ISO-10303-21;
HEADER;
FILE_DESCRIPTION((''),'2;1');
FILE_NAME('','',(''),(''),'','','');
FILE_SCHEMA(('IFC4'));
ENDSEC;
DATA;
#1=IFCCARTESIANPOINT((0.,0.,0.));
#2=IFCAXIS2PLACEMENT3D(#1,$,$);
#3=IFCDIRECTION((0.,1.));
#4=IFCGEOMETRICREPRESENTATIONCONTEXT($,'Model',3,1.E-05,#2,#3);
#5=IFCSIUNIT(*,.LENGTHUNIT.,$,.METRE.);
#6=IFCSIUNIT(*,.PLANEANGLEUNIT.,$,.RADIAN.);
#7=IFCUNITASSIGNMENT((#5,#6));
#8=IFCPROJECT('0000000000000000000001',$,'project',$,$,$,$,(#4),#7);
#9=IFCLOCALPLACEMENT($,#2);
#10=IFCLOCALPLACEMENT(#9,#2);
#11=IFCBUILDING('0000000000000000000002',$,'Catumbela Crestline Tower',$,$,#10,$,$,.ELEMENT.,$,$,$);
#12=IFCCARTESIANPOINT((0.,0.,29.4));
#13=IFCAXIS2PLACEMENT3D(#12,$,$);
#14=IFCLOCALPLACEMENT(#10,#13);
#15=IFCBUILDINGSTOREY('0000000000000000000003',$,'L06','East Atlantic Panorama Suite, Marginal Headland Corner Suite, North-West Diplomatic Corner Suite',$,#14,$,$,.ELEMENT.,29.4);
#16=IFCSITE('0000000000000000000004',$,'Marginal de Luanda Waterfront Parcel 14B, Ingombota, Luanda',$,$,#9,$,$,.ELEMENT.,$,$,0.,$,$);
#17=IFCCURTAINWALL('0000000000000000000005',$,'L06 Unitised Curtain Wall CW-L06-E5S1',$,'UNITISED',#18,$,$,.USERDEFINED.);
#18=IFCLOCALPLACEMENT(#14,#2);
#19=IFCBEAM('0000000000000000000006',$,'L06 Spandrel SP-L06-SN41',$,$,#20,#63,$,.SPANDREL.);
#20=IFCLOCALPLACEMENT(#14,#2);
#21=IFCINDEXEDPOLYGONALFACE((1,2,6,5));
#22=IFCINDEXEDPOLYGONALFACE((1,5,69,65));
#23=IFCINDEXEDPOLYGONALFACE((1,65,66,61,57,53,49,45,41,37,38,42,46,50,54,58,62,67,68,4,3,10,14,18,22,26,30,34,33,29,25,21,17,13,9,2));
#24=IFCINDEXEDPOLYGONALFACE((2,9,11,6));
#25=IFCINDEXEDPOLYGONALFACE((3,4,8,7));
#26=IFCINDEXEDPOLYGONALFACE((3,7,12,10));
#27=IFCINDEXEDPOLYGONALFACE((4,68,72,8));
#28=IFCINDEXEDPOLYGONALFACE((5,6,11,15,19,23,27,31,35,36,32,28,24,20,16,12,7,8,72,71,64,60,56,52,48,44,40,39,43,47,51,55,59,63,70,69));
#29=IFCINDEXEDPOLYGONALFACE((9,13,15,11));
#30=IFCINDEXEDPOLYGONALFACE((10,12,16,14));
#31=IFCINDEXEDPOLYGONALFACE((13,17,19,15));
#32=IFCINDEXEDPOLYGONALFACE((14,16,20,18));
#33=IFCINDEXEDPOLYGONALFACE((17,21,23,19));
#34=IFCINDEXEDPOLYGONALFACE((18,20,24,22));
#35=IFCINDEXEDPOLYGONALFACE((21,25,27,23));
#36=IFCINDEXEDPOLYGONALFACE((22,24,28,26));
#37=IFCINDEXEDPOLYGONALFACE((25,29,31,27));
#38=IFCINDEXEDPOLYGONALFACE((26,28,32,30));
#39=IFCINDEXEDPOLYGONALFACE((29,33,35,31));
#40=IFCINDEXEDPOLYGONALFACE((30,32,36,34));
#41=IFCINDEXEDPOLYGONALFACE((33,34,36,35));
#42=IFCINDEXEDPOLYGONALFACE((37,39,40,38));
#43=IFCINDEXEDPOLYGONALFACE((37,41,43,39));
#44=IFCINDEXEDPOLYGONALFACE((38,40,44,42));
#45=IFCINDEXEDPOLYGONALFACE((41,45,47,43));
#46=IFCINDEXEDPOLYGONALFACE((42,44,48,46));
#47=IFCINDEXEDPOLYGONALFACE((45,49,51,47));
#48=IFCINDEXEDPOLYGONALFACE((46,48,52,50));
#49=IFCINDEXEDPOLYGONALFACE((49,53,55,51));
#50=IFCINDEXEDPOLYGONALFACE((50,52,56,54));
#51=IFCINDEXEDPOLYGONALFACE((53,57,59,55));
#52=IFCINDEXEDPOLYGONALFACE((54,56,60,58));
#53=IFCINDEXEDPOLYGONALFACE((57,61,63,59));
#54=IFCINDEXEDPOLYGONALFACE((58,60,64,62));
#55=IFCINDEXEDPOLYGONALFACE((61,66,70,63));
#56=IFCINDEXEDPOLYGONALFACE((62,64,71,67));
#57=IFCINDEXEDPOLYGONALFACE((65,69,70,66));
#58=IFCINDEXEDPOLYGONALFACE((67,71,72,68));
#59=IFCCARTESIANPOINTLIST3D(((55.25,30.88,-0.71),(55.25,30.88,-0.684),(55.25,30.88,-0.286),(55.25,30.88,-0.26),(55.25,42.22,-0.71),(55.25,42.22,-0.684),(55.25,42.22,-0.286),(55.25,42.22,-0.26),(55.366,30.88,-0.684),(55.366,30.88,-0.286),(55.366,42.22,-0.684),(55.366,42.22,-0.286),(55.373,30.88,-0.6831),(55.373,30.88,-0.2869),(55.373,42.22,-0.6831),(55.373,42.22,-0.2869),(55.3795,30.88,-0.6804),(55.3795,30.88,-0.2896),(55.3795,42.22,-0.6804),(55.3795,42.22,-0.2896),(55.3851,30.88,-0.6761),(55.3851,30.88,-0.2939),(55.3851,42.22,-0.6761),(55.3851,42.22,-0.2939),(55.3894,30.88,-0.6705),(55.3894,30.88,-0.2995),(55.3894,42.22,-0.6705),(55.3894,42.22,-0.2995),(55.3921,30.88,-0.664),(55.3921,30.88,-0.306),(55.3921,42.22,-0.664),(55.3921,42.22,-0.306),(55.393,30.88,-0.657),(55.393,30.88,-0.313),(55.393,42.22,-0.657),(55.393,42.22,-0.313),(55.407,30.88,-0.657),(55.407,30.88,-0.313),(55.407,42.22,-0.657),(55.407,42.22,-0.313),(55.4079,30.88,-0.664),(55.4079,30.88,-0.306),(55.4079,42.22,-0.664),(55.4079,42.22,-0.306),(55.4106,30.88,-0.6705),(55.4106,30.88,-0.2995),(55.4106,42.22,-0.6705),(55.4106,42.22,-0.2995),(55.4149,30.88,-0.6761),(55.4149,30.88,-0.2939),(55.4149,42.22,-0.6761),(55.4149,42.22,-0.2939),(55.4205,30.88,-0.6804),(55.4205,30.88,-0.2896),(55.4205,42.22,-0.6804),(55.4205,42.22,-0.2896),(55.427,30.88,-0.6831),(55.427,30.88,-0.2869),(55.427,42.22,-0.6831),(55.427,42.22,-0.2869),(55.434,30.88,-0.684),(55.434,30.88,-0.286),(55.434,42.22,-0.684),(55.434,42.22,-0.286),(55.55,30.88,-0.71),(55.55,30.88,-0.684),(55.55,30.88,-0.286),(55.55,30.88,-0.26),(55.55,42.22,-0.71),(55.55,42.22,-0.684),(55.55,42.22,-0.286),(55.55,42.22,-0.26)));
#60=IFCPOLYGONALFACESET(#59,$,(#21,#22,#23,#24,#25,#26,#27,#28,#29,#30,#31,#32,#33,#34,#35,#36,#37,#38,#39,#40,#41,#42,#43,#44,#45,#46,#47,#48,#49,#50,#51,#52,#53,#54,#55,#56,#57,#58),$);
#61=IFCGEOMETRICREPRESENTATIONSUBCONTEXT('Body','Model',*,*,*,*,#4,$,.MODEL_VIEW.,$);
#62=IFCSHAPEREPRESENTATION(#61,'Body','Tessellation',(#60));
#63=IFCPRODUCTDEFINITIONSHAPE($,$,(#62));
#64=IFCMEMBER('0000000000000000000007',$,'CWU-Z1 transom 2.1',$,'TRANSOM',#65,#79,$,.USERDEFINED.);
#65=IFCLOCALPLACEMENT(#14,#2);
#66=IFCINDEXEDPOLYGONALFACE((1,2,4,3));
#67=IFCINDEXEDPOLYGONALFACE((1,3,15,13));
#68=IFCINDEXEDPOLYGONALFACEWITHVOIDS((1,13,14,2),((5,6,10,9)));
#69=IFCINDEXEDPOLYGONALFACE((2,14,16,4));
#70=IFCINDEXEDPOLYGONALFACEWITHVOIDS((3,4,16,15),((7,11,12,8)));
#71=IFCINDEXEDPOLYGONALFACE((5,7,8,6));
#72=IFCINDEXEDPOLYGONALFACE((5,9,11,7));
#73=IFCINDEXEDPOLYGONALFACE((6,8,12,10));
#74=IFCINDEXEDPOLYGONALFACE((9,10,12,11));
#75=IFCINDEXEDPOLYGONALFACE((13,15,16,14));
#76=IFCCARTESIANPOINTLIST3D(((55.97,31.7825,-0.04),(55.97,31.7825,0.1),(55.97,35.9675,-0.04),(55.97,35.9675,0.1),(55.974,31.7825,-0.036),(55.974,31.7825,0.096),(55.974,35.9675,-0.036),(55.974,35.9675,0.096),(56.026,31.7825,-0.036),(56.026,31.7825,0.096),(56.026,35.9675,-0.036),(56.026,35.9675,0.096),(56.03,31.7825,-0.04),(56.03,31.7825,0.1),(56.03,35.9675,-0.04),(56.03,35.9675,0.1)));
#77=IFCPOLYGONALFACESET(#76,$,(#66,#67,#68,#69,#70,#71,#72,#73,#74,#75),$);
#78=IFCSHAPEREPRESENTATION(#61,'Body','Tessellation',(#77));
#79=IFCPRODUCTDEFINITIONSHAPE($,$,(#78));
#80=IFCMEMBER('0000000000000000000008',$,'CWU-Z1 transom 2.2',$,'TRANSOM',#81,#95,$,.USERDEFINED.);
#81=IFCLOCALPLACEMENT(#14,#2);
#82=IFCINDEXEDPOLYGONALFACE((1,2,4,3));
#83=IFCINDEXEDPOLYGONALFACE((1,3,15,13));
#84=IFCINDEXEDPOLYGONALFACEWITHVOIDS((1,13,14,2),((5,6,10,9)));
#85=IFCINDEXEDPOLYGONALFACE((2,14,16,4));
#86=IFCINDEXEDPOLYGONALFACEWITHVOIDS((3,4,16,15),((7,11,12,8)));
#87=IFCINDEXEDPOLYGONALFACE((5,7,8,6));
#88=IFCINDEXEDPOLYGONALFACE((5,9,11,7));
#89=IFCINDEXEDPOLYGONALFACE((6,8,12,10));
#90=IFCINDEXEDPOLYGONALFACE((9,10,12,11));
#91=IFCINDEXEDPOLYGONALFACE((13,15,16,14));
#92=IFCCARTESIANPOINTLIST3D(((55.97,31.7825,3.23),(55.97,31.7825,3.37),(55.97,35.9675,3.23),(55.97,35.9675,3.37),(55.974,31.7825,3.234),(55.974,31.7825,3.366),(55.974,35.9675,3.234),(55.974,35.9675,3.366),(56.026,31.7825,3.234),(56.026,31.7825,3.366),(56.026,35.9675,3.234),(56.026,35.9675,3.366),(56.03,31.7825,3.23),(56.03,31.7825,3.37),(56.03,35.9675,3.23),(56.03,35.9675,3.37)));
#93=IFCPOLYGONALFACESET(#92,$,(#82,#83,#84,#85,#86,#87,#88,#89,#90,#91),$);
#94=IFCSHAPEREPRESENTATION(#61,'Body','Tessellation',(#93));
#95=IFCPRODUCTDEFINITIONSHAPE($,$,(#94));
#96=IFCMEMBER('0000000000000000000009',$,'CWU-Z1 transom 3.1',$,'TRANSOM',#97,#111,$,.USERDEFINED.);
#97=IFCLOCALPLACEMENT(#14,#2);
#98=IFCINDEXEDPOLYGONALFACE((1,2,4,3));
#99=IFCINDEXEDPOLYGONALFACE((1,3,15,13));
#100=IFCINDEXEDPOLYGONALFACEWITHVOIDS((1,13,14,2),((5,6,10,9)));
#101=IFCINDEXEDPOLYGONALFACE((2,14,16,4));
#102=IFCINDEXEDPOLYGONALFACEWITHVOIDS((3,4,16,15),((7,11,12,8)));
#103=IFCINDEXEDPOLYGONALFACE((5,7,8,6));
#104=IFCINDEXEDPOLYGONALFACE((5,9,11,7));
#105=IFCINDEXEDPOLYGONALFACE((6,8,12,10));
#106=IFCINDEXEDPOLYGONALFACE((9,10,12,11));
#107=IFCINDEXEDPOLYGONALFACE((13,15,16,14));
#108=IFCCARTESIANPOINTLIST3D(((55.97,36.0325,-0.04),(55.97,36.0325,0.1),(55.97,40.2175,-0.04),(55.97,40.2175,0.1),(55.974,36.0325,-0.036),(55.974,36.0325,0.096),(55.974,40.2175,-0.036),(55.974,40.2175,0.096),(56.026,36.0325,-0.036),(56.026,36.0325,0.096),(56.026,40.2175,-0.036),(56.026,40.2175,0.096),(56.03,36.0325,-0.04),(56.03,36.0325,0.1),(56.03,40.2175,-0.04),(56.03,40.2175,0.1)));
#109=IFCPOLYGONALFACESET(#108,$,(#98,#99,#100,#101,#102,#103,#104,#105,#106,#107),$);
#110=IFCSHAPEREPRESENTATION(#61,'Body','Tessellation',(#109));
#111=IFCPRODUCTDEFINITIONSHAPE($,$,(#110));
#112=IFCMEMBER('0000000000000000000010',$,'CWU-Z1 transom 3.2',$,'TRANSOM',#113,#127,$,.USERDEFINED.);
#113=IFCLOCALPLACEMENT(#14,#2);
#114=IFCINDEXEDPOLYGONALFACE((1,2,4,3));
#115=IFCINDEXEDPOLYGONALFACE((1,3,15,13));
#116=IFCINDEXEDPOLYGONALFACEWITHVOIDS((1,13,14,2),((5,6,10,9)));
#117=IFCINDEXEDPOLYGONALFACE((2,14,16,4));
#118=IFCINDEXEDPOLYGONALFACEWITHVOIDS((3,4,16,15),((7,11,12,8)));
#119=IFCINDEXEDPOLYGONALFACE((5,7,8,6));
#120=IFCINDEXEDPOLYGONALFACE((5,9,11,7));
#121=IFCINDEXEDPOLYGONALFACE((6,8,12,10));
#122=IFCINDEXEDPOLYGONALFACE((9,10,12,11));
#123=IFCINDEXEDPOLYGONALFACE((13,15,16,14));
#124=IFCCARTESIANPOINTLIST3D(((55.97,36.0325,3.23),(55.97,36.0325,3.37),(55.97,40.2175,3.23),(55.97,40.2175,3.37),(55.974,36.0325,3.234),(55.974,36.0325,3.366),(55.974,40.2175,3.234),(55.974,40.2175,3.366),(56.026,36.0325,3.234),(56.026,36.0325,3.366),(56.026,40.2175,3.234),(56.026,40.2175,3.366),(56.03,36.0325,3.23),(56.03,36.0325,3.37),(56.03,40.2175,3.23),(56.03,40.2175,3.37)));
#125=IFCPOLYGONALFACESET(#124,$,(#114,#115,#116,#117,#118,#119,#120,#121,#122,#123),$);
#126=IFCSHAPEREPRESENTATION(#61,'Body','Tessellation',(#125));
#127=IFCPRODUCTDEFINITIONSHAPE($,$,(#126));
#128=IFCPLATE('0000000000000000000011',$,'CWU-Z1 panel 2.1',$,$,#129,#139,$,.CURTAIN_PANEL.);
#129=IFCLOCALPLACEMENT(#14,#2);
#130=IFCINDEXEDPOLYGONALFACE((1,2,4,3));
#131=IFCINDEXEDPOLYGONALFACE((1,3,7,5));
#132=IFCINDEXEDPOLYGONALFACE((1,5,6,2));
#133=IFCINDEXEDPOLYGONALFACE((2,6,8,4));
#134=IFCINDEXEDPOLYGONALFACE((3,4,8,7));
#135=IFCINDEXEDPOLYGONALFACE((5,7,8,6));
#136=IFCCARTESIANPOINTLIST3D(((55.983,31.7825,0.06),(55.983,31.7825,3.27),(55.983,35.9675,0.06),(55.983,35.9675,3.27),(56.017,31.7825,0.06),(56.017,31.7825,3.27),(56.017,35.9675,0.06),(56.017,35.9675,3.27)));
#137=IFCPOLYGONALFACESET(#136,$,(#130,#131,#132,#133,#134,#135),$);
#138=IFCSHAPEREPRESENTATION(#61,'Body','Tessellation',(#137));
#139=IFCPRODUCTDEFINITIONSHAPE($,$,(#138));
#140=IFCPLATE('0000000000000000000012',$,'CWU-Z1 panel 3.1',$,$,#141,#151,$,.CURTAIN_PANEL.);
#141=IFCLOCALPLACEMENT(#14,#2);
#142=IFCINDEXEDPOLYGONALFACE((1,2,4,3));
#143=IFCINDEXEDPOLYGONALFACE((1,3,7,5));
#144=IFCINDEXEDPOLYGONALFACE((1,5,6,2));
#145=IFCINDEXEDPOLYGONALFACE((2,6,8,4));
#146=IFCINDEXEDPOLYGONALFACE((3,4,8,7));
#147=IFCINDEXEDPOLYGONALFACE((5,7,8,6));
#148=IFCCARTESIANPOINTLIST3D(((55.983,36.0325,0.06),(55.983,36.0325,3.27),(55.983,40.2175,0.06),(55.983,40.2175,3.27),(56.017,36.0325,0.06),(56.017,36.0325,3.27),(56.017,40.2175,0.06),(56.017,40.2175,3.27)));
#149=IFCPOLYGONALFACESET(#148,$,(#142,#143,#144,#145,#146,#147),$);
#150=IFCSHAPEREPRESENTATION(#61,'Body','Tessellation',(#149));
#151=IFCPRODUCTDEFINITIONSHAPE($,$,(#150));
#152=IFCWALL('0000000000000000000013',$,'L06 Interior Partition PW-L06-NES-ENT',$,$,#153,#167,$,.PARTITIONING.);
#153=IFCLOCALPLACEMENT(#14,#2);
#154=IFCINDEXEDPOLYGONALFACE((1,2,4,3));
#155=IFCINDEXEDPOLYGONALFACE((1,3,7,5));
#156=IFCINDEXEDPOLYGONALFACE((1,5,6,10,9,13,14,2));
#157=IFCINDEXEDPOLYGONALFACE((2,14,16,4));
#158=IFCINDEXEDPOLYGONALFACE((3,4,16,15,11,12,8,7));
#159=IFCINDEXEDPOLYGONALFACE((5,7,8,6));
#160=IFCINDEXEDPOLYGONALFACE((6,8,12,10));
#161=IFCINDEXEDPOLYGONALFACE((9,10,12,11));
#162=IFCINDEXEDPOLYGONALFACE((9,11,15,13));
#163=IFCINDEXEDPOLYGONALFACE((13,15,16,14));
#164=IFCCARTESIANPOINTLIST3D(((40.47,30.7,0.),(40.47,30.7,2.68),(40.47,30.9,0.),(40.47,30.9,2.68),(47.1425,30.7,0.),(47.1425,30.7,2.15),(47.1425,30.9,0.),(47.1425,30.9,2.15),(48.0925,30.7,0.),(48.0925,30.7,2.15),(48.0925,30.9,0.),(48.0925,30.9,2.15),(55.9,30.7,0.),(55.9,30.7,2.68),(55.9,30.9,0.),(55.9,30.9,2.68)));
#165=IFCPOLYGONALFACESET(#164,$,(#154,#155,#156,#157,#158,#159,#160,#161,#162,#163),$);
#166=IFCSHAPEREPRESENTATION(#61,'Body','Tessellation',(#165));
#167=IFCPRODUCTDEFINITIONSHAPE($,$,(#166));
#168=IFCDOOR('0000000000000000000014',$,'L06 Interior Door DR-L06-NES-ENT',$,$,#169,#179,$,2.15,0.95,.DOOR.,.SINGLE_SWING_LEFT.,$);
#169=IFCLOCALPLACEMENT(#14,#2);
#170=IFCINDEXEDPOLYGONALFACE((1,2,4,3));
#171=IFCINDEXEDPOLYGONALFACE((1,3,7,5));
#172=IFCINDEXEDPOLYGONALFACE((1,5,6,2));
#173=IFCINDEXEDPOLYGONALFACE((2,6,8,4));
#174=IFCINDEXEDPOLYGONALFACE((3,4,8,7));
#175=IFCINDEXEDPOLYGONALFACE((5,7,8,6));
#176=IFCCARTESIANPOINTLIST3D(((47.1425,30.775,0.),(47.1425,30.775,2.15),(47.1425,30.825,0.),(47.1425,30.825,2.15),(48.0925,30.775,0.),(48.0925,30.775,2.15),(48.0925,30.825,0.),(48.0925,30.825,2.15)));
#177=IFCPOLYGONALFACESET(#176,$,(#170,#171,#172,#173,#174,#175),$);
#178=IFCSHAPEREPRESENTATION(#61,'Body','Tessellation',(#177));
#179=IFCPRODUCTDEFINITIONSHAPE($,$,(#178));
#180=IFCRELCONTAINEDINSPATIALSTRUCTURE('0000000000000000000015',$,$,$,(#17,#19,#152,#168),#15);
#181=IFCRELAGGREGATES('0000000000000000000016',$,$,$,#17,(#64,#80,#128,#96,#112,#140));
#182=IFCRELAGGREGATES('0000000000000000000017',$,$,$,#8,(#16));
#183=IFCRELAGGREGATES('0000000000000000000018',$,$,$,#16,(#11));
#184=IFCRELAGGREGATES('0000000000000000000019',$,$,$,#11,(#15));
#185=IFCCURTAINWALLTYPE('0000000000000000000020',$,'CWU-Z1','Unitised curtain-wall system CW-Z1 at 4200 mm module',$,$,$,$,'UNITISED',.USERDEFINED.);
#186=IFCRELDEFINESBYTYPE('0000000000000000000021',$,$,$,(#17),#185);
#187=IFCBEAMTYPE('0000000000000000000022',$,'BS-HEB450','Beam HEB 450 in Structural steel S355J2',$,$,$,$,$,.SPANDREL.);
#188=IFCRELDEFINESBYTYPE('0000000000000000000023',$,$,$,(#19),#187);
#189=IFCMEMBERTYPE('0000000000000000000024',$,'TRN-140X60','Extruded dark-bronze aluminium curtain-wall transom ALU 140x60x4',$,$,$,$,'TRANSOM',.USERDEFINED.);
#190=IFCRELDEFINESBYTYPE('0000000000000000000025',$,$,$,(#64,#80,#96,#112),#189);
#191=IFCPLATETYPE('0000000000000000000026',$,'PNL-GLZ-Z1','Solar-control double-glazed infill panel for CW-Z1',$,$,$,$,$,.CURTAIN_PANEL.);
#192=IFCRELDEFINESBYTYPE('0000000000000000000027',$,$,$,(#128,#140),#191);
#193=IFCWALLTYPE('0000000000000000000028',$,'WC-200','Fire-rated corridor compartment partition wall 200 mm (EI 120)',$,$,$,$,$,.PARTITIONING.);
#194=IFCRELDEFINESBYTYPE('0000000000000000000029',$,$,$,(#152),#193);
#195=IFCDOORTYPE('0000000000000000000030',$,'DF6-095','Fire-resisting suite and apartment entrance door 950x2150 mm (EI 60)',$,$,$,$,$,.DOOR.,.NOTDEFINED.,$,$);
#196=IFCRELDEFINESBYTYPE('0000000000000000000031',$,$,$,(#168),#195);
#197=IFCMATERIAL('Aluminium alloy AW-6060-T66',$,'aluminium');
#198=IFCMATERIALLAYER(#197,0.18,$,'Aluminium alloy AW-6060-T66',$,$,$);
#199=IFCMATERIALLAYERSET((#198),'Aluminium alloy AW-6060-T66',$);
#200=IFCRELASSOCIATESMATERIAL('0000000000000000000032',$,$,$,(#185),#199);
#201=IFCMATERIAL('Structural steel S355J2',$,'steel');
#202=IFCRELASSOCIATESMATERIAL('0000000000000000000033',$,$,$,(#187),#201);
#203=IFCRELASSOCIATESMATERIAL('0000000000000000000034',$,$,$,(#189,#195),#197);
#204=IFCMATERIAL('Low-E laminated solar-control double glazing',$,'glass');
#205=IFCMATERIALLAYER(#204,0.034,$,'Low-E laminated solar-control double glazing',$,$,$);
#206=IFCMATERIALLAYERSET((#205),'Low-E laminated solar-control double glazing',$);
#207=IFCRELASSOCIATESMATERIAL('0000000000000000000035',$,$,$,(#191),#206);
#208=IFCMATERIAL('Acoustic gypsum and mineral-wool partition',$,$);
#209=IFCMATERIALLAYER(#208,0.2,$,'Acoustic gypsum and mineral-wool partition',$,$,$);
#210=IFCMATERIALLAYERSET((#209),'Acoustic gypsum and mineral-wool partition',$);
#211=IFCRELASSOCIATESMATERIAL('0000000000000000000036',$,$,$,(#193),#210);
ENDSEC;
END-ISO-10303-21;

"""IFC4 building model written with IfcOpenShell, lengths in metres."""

from ifc_helpers import new_model, si_unit, direction, frame, frame_2d, origin, origin_2d, place, context, subcontext, project, spatial, rectangle, hollow_rectangle, i_section, extrude, material, layer, layer_set, material_profile, profile_set, type_object, element, fill, aggregate, save


model = new_model("IFC4")

# Units and contexts
model_context = context("Model", 3, precision=1e-05, world=origin(), true_north=direction((0.0, 1.0)))
body_context = subcontext(model_context, "Body", "Model", "MODEL_VIEW")
ifc_project = project(units=[si_unit("LENGTHUNIT", "METRE"), si_unit("PLANEANGLEUNIT", "RADIAN")], contexts=[model_context])

# Site, building, storey
site_placement = place(None, origin())
site = spatial("IfcSite", under=ifc_project, at=site_placement, Name="Marginal de Luanda Waterfront Parcel 14B, Ingombota, Luanda", CompositionType="ELEMENT", RefElevation=0.0)
building_placement = place(site_placement, origin())
building = spatial("IfcBuilding", under=site, at=building_placement, Name="Catumbela Crestline Tower", CompositionType="ELEMENT")
storey_placement = place(building_placement, frame((0.0, 0.0, 29.4)))
storey = spatial("IfcBuildingStorey", under=building, at=storey_placement, Name="L06", Description="East Atlantic Panorama Suite, Marginal Headland Corner Suite, North-West Diplomatic Corner Suite", CompositionType="ELEMENT", Elevation=29.4)

# Shared definitions
ifc_material_1 = material(Name="Structural steel S355J2", Category="steel")

# Curtain wall
ifc_material_2 = material(Name="Aluminium alloy AW-6060-T66", Category="aluminium")
ifc_layer_1 = layer(ifc_material_2, 0.18, Name="Aluminium alloy AW-6060-T66")
ifc_layer_set_1 = layer_set([ifc_layer_1], Name="Aluminium alloy AW-6060-T66")
curtain_wall_type = type_object("IfcCurtainWallType", Name="CWU-Z1", Description="Unitised curtain-wall system CW-Z1 at 4200 mm module", ElementType="UNITISED", PredefinedType="USERDEFINED", material=ifc_layer_set_1)
curtain_wall_placement = place(storey_placement, origin())
curtain_wall = element("IfcCurtainWall", 1, at=curtain_wall_placement, inside=storey, type_object=curtain_wall_type, Name="L06 Unitised Curtain Wall CW-L06-E5S1", ObjectType="UNITISED", PredefinedType="USERDEFINED")

# Beam
ifc_material_profile_1 = material_profile(ifc_material_1, i_section(OverallWidth=0.3, OverallDepth=0.45, WebThickness=0.014, FlangeThickness=0.026, FilletRadius=0.027, at=origin_2d()), Name="HEB 450")
ifc_profile_set_1 = profile_set([ifc_material_profile_1], Name="Structural steel S355J2")
beam_type_1 = type_object("IfcBeamType", Name="BS-HEB450", Description="Beam HEB 450 in Structural steel S355J2", PredefinedType="SPANDREL", material=ifc_profile_set_1)
beam_1_placement = place(storey_placement, frame((55.4, 30.88, -0.485), z_axis=(0.0, 1.0, 0.0), x_axis=(-1.0, 0.0, 0.0)))
element("IfcBeam", 2, at=beam_1_placement, inside=storey, type_object=beam_type_1, Name="L06 Spandrel SP-L06-SN41", PredefinedType="SPANDREL", context=body_context, shape_type="SweptSolid", body=[
    extrude(i_section(OverallWidth=0.3, OverallDepth=0.45, WebThickness=0.014, FlangeThickness=0.026, FilletRadius=0.027, at=origin_2d()), origin(), (0.0, 0.0, 1.0), 11.34),
])

# Members
ifc_material_profile_2 = material_profile(ifc_material_2, hollow_rectangle(XDim=0.06, YDim=0.14, WallThickness=0.004, at=origin_2d()), Name="ALU 140x60x4")
ifc_profile_set_2 = profile_set([ifc_material_profile_2], Name="Aluminium alloy AW-6060-T66")
member_type_1 = type_object("IfcMemberType", Name="TRN-140X60", Description="Extruded dark-bronze aluminium curtain-wall transom ALU 140x60x4", ElementType="TRANSOM", PredefinedType="USERDEFINED", material=ifc_profile_set_2)
member_1_placement = place(storey_placement, frame((56.0, 31.7825, 0.03), z_axis=(0.0, 1.0, 0.0), x_axis=(-1.0, 0.0, 0.0)))
member_1 = element("IfcMember", 3, at=member_1_placement, type_object=member_type_1, Name="CWU-Z1 transom 2.1", ObjectType="TRANSOM", PredefinedType="USERDEFINED", context=body_context, shape_type="SweptSolid", body=[
    extrude(hollow_rectangle(XDim=0.06, YDim=0.14, WallThickness=0.004, at=origin_2d()), origin(), (0.0, 0.0, 1.0), 4.185),
])
member_2_placement = place(storey_placement, frame((56.0, 31.7825, 3.3), z_axis=(0.0, 1.0, 0.0), x_axis=(-1.0, 0.0, 0.0)))
member_2 = element("IfcMember", 4, at=member_2_placement, type_object=member_type_1, Name="CWU-Z1 transom 2.2", ObjectType="TRANSOM", PredefinedType="USERDEFINED", context=body_context, shape_type="SweptSolid", body=[
    extrude(hollow_rectangle(XDim=0.06, YDim=0.14, WallThickness=0.004, at=origin_2d()), origin(), (0.0, 0.0, 1.0), 4.185),
])
member_3_placement = place(storey_placement, frame((56.0, 36.0325, 0.03), z_axis=(0.0, 1.0, 0.0), x_axis=(-1.0, 0.0, 0.0)))
member_3 = element("IfcMember", 5, at=member_3_placement, type_object=member_type_1, Name="CWU-Z1 transom 3.1", ObjectType="TRANSOM", PredefinedType="USERDEFINED", context=body_context, shape_type="SweptSolid", body=[
    extrude(hollow_rectangle(XDim=0.06, YDim=0.14, WallThickness=0.004, at=origin_2d()), origin(), (0.0, 0.0, 1.0), 4.185),
])
member_4_placement = place(storey_placement, frame((56.0, 36.0325, 3.3), z_axis=(0.0, 1.0, 0.0), x_axis=(-1.0, 0.0, 0.0)))
member_4 = element("IfcMember", 6, at=member_4_placement, type_object=member_type_1, Name="CWU-Z1 transom 3.2", ObjectType="TRANSOM", PredefinedType="USERDEFINED", context=body_context, shape_type="SweptSolid", body=[
    extrude(hollow_rectangle(XDim=0.06, YDim=0.14, WallThickness=0.004, at=origin_2d()), origin(), (0.0, 0.0, 1.0), 4.185),
])

# Plates
ifc_material_3 = material(Name="Low-E laminated solar-control double glazing", Category="glass")
ifc_layer_2 = layer(ifc_material_3, 0.034, Name="Low-E laminated solar-control double glazing")
ifc_layer_set_2 = layer_set([ifc_layer_2], Name="Low-E laminated solar-control double glazing")
plate_type = type_object("IfcPlateType", Name="PNL-GLZ-Z1", Description="Solar-control double-glazed infill panel for CW-Z1", PredefinedType="CURTAIN_PANEL", material=ifc_layer_set_2)
plate_1_placement = place(storey_placement, frame((56.0, 33.875, 0.06), z_axis=(0.0, 0.0, 1.0), x_axis=(0.0, 1.0, 0.0)))
plate_1 = element("IfcPlate", 7, at=plate_1_placement, type_object=plate_type, Name="CWU-Z1 panel 2.1", PredefinedType="CURTAIN_PANEL", context=body_context, shape_type="SweptSolid", body=[
    extrude(rectangle(XDim=4.185, YDim=0.034, at=origin_2d()), origin(), (0.0, 0.0, 1.0), 3.21),
])
plate_2_placement = place(storey_placement, frame((56.0, 38.125, 0.06), z_axis=(0.0, 0.0, 1.0), x_axis=(0.0, 1.0, 0.0)))
plate_2 = element("IfcPlate", 8, at=plate_2_placement, type_object=plate_type, Name="CWU-Z1 panel 3.1", PredefinedType="CURTAIN_PANEL", context=body_context, shape_type="SweptSolid", body=[
    extrude(rectangle(XDim=4.185, YDim=0.034, at=origin_2d()), origin(), (0.0, 0.0, 1.0), 3.21),
])
aggregate(curtain_wall, [member_1, member_2, plate_1, member_3, member_4, plate_2])

# Wall, opening, door
ifc_material_4 = material(Name="Acoustic gypsum and mineral-wool partition")
ifc_layer_3 = layer(ifc_material_4, 0.2, Name="Acoustic gypsum and mineral-wool partition")
ifc_layer_set_3 = layer_set([ifc_layer_3], Name="Acoustic gypsum and mineral-wool partition")
wall_type_1 = type_object("IfcWallType", Name="WC-200", Description="Fire-rated corridor compartment partition wall 200 mm (EI 120)", PredefinedType="PARTITIONING", material=ifc_layer_set_3)
wall_1_placement = place(storey_placement, frame((40.47, 30.8, 0.0), z_axis=(0.0, 0.0, 1.0), x_axis=(1.0, 0.0, 0.0)))
wall_1 = element("IfcWall", 9, at=wall_1_placement, inside=storey, type_object=wall_type_1, Name="L06 Interior Partition PW-L06-NES-ENT", PredefinedType="PARTITIONING", context=body_context, shape_type="SweptSolid", body=[
    extrude(rectangle(XDim=15.43, YDim=0.2, at=frame_2d((7.715, 0.0))), origin(), (0.0, 0.0, 1.0), 2.68),
])
opening_1_placement = place(wall_1_placement, frame((6.6725, 0.0, 0.0)))
opening_1 = element("IfcOpeningElement", 10, at=opening_1_placement, cuts=wall_1, PredefinedType="OPENING", context=body_context, shape_type="SweptSolid", body=[
    extrude(rectangle(XDim=0.95, YDim=2.15, at=frame_2d((0.475, 1.075))), frame((0.0, 0.11, 0.0), z_axis=(0.0, -1.0, 0.0), x_axis=(1.0, 0.0, 0.0)), (0.0, 0.0, 1.0), 0.22),
])
door_type_1 = type_object("IfcDoorType", Name="DF6-095", Description="Fire-resisting suite and apartment entrance door 950x2150 mm (EI 60)", OperationType="NOTDEFINED", PredefinedType="DOOR", material=ifc_material_2)
door_1_placement = place(opening_1_placement, origin())
door_1 = element("IfcDoor", 11, at=door_1_placement, inside=storey, type_object=door_type_1, Name="L06 Interior Door DR-L06-NES-ENT", OperationType="SINGLE_SWING_LEFT", OverallHeight=2.15, OverallWidth=0.95, PredefinedType="DOOR", context=body_context, shape_type="SweptSolid", body=[
    extrude(rectangle(XDim=0.95, YDim=2.15, at=frame_2d((0.475, 1.075))), frame((0.0, 0.025, 0.0), z_axis=(0.0, -1.0, 0.0), x_axis=(1.0, 0.0, 0.0)), (0.0, 0.0, 1.0), 0.05),
])
fill(opening_1, door_1)

save(model, "model.ifc")
